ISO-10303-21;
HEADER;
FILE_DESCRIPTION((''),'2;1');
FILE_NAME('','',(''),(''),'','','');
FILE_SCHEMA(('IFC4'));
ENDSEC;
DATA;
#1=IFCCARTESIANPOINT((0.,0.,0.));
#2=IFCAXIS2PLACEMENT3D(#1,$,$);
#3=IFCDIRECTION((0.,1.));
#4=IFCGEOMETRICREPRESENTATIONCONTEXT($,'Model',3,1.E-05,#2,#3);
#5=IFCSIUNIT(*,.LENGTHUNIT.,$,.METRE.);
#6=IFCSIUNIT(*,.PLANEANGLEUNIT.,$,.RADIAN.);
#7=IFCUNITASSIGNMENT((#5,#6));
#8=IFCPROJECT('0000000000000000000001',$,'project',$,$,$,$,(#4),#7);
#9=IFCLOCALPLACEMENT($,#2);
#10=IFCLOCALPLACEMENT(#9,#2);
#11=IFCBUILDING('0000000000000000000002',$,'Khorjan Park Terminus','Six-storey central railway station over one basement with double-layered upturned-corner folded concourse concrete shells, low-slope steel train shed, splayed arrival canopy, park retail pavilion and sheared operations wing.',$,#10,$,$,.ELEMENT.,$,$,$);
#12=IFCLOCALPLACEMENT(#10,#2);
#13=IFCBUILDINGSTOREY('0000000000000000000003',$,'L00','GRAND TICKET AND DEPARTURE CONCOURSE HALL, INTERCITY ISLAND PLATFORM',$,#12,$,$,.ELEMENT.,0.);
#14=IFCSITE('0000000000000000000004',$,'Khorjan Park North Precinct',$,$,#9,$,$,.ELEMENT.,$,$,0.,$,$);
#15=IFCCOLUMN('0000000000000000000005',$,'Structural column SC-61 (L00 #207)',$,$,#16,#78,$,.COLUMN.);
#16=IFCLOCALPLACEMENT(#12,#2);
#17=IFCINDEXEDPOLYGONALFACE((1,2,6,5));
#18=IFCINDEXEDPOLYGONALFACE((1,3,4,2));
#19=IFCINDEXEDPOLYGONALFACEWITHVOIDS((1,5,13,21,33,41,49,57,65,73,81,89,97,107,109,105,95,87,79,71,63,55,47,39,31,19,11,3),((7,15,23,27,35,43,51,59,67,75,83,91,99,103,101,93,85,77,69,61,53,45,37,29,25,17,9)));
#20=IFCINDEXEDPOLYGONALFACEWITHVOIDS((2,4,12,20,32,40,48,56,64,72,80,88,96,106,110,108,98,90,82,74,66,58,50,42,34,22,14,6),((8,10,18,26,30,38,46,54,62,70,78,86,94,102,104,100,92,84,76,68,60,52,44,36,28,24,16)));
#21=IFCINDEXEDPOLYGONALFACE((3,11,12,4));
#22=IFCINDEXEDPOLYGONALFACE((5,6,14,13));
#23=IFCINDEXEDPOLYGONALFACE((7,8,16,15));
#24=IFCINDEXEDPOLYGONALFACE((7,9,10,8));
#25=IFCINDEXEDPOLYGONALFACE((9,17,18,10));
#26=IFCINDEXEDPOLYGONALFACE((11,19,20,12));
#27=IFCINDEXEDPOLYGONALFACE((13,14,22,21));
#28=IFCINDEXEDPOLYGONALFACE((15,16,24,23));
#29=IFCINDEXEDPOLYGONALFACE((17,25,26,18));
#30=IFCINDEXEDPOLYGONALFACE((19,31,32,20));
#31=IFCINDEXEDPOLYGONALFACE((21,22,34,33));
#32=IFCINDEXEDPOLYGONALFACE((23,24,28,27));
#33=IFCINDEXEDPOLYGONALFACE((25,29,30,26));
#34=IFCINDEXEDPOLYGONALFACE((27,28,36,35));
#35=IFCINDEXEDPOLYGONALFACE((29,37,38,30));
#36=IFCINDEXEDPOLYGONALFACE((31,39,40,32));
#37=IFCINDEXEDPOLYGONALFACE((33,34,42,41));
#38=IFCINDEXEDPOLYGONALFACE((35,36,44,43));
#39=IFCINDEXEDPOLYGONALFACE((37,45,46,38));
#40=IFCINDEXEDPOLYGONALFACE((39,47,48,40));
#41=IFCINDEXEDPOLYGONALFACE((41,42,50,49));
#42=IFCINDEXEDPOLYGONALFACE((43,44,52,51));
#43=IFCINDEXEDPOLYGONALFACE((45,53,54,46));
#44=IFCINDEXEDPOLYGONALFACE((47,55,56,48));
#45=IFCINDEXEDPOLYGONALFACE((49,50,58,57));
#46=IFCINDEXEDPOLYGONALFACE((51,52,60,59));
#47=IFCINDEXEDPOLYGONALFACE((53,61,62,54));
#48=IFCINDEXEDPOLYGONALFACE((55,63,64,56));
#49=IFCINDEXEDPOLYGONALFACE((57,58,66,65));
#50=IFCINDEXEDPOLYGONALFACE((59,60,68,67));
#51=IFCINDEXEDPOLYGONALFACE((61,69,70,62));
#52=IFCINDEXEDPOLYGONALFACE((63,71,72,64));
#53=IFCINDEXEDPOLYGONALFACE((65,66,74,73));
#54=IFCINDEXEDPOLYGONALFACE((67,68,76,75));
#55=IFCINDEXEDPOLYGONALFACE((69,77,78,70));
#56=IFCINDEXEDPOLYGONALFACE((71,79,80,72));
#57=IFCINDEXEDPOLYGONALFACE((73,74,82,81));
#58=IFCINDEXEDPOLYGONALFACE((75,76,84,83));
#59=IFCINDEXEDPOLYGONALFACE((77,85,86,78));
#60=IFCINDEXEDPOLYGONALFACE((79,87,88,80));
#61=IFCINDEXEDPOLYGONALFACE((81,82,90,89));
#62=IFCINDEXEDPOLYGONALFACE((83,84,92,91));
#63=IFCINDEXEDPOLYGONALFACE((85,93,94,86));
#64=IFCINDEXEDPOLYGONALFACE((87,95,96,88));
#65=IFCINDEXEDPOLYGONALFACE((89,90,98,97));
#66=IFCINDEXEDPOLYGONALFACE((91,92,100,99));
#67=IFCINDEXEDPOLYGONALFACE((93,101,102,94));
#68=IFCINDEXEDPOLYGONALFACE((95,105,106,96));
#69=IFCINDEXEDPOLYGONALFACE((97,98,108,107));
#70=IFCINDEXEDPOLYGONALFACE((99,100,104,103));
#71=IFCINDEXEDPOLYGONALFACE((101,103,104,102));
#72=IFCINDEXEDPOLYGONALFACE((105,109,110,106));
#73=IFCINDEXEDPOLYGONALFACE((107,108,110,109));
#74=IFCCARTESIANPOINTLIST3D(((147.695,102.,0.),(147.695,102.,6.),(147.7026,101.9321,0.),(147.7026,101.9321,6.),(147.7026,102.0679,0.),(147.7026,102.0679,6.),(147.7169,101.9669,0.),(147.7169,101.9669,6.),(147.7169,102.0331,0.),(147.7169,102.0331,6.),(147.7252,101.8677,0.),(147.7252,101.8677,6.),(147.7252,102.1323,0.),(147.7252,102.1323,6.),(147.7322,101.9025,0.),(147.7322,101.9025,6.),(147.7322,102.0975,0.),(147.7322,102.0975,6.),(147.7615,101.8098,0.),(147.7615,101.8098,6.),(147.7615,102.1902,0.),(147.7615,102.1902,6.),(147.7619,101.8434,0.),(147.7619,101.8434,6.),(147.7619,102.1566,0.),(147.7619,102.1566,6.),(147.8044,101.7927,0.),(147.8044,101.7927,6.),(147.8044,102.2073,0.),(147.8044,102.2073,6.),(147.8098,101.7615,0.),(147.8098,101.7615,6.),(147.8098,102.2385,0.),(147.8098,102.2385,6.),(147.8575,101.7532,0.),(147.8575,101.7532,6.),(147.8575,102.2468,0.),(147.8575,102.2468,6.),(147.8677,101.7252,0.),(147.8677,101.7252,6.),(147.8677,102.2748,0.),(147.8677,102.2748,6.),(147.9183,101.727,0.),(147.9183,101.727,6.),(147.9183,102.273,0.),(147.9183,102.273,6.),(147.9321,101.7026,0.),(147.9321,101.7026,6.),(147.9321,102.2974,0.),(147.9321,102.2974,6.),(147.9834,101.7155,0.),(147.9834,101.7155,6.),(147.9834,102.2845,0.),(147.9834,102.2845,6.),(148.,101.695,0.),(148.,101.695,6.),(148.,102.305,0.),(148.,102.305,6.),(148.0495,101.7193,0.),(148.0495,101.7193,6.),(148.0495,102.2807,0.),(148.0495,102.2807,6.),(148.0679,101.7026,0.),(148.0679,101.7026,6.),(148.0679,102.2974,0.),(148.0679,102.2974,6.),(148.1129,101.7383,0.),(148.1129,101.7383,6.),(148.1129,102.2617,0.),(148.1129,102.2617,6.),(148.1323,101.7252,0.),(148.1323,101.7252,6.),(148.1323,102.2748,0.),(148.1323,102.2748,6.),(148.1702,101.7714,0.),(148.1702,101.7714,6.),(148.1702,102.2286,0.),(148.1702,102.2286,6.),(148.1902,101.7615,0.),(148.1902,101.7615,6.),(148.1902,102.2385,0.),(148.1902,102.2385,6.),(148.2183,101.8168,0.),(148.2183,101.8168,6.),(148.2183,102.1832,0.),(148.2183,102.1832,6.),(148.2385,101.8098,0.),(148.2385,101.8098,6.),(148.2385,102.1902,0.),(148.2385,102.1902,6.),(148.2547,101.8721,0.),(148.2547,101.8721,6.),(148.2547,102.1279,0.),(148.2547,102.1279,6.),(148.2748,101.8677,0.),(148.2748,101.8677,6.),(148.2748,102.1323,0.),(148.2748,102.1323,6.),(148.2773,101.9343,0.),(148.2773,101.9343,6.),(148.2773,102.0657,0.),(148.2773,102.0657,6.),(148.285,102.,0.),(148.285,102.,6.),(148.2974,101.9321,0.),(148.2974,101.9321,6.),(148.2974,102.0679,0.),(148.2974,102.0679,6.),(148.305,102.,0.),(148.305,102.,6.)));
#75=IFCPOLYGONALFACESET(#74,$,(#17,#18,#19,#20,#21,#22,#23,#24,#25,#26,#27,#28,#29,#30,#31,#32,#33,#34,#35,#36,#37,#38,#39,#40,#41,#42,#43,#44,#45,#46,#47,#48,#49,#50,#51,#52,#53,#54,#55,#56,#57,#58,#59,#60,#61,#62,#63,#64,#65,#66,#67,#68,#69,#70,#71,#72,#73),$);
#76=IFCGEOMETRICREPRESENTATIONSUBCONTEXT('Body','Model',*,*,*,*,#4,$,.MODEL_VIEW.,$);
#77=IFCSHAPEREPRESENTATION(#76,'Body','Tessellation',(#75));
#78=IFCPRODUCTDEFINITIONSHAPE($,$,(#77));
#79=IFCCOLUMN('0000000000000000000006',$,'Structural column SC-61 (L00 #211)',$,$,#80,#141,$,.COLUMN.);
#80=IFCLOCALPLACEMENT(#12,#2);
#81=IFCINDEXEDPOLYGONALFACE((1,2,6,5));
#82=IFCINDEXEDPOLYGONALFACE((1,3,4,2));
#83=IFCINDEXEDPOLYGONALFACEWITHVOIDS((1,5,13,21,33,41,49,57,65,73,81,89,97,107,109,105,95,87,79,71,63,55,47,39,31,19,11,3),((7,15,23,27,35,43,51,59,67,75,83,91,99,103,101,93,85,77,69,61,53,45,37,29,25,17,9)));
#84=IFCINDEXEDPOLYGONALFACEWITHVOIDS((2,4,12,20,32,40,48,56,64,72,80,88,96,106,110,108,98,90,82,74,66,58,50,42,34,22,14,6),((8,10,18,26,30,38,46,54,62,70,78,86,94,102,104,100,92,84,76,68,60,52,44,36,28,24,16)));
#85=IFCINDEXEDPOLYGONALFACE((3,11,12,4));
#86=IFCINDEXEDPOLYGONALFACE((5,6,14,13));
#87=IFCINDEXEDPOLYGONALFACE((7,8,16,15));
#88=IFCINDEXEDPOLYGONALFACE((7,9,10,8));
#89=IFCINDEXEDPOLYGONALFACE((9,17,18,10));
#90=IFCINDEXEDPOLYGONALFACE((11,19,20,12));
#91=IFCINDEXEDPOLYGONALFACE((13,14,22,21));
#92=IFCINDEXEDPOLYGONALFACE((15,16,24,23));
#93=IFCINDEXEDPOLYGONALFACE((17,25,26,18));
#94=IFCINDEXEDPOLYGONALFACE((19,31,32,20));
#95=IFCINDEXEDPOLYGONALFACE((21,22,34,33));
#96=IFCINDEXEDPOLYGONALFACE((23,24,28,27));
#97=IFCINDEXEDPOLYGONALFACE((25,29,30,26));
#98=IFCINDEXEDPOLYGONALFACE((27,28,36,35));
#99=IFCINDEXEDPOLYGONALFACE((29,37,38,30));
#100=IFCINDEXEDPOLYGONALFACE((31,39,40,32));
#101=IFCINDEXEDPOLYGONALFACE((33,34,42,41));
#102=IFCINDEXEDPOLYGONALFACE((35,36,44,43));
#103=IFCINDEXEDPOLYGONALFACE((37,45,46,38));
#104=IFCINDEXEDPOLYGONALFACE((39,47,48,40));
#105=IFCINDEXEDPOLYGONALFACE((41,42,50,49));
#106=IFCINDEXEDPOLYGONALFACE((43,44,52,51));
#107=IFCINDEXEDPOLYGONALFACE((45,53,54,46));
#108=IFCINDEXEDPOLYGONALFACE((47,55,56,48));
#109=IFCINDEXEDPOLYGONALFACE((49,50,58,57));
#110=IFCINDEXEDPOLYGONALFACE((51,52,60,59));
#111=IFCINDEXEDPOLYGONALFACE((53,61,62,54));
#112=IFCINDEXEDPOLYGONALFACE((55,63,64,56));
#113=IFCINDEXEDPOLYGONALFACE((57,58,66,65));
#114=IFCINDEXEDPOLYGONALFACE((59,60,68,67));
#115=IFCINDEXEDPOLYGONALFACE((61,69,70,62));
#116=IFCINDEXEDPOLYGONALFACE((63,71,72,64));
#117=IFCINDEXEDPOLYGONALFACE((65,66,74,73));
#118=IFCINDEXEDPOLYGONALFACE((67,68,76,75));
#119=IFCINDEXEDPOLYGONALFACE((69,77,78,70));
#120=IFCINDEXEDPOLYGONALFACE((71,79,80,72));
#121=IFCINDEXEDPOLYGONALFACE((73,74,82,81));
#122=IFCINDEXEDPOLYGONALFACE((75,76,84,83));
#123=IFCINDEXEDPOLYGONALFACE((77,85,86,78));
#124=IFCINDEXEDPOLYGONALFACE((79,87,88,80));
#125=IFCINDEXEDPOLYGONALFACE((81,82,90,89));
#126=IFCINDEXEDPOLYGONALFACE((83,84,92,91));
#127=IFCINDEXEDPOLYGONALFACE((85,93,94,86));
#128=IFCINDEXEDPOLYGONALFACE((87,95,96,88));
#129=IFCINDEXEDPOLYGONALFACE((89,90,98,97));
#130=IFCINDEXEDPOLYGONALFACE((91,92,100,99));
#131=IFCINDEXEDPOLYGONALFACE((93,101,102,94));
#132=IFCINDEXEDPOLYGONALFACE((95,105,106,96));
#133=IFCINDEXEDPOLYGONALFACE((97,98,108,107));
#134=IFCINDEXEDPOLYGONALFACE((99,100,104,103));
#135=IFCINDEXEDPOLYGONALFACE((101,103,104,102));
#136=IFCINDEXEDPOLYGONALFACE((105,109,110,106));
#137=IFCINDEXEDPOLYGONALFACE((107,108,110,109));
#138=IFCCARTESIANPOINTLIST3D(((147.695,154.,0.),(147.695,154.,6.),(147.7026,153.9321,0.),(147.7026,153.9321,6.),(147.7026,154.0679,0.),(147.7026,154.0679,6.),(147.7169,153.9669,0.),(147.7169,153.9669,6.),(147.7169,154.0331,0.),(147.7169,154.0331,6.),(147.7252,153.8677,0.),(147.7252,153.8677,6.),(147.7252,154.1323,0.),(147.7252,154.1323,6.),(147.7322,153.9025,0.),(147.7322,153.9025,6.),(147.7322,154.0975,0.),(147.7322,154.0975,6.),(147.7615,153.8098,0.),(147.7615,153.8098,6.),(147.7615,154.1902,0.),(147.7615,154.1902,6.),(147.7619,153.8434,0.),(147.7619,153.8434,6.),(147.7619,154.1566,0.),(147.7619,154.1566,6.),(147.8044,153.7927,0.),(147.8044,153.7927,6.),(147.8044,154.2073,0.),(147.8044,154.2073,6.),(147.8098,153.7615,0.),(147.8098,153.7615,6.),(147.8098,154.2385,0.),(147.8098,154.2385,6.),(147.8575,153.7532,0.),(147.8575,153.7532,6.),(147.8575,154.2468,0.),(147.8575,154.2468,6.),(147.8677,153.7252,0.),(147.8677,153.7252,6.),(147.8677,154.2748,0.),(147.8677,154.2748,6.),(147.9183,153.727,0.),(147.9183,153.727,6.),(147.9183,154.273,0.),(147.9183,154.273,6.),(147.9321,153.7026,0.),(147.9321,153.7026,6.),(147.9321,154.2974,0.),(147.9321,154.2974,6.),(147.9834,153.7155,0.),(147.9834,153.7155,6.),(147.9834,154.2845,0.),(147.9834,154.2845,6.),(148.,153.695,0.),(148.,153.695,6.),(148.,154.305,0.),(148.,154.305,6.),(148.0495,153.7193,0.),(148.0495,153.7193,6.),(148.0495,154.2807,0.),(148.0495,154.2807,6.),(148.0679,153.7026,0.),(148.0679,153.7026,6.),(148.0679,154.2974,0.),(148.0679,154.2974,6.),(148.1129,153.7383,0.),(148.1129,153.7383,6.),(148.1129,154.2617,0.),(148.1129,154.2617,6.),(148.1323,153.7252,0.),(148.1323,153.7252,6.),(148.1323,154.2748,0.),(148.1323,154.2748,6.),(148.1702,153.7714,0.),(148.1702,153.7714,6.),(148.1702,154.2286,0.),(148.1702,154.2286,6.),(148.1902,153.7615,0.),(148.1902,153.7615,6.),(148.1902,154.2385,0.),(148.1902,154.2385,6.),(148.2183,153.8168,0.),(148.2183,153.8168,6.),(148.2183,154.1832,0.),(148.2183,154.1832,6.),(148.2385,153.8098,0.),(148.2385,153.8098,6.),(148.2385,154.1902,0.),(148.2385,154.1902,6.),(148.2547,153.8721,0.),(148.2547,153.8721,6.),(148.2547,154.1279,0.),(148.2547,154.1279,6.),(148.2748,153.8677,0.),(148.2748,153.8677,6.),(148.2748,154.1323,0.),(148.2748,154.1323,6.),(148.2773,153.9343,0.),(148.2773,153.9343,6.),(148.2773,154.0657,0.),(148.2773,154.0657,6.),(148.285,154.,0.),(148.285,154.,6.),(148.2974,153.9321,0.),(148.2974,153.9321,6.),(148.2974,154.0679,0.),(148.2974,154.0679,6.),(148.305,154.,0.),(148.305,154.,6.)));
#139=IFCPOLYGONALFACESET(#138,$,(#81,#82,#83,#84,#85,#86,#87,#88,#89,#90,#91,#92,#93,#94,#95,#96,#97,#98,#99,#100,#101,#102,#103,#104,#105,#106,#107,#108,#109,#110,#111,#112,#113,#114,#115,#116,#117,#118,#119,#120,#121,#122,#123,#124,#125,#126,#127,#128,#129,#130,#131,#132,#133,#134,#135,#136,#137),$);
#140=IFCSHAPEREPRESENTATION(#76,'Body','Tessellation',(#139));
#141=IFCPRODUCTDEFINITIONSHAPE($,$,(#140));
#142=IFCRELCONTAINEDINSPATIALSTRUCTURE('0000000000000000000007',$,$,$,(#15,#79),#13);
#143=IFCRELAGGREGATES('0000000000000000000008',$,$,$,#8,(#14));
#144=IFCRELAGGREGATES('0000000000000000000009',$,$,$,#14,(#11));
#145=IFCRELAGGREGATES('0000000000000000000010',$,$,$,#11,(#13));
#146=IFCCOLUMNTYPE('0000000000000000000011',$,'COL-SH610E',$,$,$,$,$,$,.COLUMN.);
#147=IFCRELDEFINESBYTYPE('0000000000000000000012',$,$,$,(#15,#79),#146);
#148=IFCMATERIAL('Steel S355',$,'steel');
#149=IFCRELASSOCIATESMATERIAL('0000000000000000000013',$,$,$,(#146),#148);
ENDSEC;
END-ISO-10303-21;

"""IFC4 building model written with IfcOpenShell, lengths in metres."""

from ifc_helpers import new_model, si_unit, direction, frame, origin, origin_2d, place, context, subcontext, project, spatial, hollow_circle, extrude, material, material_profile, profile_set, type_object, element, save


model = new_model("IFC4")

# Units and contexts
model_context = context("Model", 3, precision=1e-05, world=origin(), true_north=direction((0.0, 1.0)))
body_context = subcontext(model_context, "Body", "Model", "MODEL_VIEW")
ifc_project = project(units=[si_unit("LENGTHUNIT", "METRE"), si_unit("PLANEANGLEUNIT", "RADIAN")], contexts=[model_context])

# Site, building, storey
site_placement = place(None, origin())
site = spatial("IfcSite", under=ifc_project, at=site_placement, Name="Khorjan Park North Precinct", CompositionType="ELEMENT", RefElevation=0.0)
building_placement = place(site_placement, origin())
building = spatial("IfcBuilding", under=site, at=building_placement, Name="Khorjan Park Terminus", Description="Six-storey central railway station over one basement with double-layered upturned-corner folded concourse concrete shells, low-slope steel train shed, splayed arrival canopy, park retail pavilion and sheared operations wing.", CompositionType="ELEMENT")
storey_placement = place(building_placement, origin())
storey = spatial("IfcBuildingStorey", under=building, at=storey_placement, Name="L00", Description="GRAND TICKET AND DEPARTURE CONCOURSE HALL, INTERCITY ISLAND PLATFORM", CompositionType="ELEMENT", Elevation=0.0)

# Columns
ifc_material_1 = material(Name="Steel S355", Category="steel")
ifc_material_profile_1 = material_profile(ifc_material_1, hollow_circle(Radius=0.305, WallThickness=0.02, at=origin_2d()), Name="CHS 610x20")
ifc_profile_set_1 = profile_set([ifc_material_profile_1], Name="Steel S355")
column_type_1 = type_object("IfcColumnType", Name="COL-SH610E", PredefinedType="COLUMN", material=ifc_profile_set_1)
for number, where, z_axis, x_axis, name in (
    (1, (148.0, 102.0, 0.0), (0.0, 0.0, 1.0), (1.0, 0.0, 0.0), "Structural column SC-61 (L00 #207)"),
    (2, (148.0, 154.0, 0.0), (0.0, 0.0, 1.0), (1.0, 0.0, 0.0), "Structural column SC-61 (L00 #211)"),
):
    element("IfcColumn", number, at=place(storey_placement, frame(where, z_axis=z_axis, x_axis=x_axis)), inside=storey, type_object=column_type_1, Name=name, PredefinedType="COLUMN", context=body_context, shape_type="SweptSolid", body=[
        extrude(hollow_circle(Radius=0.305, WallThickness=0.02, at=origin_2d()), origin(), (0.0, 0.0, 1.0), 6.0),
    ])

save(model, "model.ifc")
